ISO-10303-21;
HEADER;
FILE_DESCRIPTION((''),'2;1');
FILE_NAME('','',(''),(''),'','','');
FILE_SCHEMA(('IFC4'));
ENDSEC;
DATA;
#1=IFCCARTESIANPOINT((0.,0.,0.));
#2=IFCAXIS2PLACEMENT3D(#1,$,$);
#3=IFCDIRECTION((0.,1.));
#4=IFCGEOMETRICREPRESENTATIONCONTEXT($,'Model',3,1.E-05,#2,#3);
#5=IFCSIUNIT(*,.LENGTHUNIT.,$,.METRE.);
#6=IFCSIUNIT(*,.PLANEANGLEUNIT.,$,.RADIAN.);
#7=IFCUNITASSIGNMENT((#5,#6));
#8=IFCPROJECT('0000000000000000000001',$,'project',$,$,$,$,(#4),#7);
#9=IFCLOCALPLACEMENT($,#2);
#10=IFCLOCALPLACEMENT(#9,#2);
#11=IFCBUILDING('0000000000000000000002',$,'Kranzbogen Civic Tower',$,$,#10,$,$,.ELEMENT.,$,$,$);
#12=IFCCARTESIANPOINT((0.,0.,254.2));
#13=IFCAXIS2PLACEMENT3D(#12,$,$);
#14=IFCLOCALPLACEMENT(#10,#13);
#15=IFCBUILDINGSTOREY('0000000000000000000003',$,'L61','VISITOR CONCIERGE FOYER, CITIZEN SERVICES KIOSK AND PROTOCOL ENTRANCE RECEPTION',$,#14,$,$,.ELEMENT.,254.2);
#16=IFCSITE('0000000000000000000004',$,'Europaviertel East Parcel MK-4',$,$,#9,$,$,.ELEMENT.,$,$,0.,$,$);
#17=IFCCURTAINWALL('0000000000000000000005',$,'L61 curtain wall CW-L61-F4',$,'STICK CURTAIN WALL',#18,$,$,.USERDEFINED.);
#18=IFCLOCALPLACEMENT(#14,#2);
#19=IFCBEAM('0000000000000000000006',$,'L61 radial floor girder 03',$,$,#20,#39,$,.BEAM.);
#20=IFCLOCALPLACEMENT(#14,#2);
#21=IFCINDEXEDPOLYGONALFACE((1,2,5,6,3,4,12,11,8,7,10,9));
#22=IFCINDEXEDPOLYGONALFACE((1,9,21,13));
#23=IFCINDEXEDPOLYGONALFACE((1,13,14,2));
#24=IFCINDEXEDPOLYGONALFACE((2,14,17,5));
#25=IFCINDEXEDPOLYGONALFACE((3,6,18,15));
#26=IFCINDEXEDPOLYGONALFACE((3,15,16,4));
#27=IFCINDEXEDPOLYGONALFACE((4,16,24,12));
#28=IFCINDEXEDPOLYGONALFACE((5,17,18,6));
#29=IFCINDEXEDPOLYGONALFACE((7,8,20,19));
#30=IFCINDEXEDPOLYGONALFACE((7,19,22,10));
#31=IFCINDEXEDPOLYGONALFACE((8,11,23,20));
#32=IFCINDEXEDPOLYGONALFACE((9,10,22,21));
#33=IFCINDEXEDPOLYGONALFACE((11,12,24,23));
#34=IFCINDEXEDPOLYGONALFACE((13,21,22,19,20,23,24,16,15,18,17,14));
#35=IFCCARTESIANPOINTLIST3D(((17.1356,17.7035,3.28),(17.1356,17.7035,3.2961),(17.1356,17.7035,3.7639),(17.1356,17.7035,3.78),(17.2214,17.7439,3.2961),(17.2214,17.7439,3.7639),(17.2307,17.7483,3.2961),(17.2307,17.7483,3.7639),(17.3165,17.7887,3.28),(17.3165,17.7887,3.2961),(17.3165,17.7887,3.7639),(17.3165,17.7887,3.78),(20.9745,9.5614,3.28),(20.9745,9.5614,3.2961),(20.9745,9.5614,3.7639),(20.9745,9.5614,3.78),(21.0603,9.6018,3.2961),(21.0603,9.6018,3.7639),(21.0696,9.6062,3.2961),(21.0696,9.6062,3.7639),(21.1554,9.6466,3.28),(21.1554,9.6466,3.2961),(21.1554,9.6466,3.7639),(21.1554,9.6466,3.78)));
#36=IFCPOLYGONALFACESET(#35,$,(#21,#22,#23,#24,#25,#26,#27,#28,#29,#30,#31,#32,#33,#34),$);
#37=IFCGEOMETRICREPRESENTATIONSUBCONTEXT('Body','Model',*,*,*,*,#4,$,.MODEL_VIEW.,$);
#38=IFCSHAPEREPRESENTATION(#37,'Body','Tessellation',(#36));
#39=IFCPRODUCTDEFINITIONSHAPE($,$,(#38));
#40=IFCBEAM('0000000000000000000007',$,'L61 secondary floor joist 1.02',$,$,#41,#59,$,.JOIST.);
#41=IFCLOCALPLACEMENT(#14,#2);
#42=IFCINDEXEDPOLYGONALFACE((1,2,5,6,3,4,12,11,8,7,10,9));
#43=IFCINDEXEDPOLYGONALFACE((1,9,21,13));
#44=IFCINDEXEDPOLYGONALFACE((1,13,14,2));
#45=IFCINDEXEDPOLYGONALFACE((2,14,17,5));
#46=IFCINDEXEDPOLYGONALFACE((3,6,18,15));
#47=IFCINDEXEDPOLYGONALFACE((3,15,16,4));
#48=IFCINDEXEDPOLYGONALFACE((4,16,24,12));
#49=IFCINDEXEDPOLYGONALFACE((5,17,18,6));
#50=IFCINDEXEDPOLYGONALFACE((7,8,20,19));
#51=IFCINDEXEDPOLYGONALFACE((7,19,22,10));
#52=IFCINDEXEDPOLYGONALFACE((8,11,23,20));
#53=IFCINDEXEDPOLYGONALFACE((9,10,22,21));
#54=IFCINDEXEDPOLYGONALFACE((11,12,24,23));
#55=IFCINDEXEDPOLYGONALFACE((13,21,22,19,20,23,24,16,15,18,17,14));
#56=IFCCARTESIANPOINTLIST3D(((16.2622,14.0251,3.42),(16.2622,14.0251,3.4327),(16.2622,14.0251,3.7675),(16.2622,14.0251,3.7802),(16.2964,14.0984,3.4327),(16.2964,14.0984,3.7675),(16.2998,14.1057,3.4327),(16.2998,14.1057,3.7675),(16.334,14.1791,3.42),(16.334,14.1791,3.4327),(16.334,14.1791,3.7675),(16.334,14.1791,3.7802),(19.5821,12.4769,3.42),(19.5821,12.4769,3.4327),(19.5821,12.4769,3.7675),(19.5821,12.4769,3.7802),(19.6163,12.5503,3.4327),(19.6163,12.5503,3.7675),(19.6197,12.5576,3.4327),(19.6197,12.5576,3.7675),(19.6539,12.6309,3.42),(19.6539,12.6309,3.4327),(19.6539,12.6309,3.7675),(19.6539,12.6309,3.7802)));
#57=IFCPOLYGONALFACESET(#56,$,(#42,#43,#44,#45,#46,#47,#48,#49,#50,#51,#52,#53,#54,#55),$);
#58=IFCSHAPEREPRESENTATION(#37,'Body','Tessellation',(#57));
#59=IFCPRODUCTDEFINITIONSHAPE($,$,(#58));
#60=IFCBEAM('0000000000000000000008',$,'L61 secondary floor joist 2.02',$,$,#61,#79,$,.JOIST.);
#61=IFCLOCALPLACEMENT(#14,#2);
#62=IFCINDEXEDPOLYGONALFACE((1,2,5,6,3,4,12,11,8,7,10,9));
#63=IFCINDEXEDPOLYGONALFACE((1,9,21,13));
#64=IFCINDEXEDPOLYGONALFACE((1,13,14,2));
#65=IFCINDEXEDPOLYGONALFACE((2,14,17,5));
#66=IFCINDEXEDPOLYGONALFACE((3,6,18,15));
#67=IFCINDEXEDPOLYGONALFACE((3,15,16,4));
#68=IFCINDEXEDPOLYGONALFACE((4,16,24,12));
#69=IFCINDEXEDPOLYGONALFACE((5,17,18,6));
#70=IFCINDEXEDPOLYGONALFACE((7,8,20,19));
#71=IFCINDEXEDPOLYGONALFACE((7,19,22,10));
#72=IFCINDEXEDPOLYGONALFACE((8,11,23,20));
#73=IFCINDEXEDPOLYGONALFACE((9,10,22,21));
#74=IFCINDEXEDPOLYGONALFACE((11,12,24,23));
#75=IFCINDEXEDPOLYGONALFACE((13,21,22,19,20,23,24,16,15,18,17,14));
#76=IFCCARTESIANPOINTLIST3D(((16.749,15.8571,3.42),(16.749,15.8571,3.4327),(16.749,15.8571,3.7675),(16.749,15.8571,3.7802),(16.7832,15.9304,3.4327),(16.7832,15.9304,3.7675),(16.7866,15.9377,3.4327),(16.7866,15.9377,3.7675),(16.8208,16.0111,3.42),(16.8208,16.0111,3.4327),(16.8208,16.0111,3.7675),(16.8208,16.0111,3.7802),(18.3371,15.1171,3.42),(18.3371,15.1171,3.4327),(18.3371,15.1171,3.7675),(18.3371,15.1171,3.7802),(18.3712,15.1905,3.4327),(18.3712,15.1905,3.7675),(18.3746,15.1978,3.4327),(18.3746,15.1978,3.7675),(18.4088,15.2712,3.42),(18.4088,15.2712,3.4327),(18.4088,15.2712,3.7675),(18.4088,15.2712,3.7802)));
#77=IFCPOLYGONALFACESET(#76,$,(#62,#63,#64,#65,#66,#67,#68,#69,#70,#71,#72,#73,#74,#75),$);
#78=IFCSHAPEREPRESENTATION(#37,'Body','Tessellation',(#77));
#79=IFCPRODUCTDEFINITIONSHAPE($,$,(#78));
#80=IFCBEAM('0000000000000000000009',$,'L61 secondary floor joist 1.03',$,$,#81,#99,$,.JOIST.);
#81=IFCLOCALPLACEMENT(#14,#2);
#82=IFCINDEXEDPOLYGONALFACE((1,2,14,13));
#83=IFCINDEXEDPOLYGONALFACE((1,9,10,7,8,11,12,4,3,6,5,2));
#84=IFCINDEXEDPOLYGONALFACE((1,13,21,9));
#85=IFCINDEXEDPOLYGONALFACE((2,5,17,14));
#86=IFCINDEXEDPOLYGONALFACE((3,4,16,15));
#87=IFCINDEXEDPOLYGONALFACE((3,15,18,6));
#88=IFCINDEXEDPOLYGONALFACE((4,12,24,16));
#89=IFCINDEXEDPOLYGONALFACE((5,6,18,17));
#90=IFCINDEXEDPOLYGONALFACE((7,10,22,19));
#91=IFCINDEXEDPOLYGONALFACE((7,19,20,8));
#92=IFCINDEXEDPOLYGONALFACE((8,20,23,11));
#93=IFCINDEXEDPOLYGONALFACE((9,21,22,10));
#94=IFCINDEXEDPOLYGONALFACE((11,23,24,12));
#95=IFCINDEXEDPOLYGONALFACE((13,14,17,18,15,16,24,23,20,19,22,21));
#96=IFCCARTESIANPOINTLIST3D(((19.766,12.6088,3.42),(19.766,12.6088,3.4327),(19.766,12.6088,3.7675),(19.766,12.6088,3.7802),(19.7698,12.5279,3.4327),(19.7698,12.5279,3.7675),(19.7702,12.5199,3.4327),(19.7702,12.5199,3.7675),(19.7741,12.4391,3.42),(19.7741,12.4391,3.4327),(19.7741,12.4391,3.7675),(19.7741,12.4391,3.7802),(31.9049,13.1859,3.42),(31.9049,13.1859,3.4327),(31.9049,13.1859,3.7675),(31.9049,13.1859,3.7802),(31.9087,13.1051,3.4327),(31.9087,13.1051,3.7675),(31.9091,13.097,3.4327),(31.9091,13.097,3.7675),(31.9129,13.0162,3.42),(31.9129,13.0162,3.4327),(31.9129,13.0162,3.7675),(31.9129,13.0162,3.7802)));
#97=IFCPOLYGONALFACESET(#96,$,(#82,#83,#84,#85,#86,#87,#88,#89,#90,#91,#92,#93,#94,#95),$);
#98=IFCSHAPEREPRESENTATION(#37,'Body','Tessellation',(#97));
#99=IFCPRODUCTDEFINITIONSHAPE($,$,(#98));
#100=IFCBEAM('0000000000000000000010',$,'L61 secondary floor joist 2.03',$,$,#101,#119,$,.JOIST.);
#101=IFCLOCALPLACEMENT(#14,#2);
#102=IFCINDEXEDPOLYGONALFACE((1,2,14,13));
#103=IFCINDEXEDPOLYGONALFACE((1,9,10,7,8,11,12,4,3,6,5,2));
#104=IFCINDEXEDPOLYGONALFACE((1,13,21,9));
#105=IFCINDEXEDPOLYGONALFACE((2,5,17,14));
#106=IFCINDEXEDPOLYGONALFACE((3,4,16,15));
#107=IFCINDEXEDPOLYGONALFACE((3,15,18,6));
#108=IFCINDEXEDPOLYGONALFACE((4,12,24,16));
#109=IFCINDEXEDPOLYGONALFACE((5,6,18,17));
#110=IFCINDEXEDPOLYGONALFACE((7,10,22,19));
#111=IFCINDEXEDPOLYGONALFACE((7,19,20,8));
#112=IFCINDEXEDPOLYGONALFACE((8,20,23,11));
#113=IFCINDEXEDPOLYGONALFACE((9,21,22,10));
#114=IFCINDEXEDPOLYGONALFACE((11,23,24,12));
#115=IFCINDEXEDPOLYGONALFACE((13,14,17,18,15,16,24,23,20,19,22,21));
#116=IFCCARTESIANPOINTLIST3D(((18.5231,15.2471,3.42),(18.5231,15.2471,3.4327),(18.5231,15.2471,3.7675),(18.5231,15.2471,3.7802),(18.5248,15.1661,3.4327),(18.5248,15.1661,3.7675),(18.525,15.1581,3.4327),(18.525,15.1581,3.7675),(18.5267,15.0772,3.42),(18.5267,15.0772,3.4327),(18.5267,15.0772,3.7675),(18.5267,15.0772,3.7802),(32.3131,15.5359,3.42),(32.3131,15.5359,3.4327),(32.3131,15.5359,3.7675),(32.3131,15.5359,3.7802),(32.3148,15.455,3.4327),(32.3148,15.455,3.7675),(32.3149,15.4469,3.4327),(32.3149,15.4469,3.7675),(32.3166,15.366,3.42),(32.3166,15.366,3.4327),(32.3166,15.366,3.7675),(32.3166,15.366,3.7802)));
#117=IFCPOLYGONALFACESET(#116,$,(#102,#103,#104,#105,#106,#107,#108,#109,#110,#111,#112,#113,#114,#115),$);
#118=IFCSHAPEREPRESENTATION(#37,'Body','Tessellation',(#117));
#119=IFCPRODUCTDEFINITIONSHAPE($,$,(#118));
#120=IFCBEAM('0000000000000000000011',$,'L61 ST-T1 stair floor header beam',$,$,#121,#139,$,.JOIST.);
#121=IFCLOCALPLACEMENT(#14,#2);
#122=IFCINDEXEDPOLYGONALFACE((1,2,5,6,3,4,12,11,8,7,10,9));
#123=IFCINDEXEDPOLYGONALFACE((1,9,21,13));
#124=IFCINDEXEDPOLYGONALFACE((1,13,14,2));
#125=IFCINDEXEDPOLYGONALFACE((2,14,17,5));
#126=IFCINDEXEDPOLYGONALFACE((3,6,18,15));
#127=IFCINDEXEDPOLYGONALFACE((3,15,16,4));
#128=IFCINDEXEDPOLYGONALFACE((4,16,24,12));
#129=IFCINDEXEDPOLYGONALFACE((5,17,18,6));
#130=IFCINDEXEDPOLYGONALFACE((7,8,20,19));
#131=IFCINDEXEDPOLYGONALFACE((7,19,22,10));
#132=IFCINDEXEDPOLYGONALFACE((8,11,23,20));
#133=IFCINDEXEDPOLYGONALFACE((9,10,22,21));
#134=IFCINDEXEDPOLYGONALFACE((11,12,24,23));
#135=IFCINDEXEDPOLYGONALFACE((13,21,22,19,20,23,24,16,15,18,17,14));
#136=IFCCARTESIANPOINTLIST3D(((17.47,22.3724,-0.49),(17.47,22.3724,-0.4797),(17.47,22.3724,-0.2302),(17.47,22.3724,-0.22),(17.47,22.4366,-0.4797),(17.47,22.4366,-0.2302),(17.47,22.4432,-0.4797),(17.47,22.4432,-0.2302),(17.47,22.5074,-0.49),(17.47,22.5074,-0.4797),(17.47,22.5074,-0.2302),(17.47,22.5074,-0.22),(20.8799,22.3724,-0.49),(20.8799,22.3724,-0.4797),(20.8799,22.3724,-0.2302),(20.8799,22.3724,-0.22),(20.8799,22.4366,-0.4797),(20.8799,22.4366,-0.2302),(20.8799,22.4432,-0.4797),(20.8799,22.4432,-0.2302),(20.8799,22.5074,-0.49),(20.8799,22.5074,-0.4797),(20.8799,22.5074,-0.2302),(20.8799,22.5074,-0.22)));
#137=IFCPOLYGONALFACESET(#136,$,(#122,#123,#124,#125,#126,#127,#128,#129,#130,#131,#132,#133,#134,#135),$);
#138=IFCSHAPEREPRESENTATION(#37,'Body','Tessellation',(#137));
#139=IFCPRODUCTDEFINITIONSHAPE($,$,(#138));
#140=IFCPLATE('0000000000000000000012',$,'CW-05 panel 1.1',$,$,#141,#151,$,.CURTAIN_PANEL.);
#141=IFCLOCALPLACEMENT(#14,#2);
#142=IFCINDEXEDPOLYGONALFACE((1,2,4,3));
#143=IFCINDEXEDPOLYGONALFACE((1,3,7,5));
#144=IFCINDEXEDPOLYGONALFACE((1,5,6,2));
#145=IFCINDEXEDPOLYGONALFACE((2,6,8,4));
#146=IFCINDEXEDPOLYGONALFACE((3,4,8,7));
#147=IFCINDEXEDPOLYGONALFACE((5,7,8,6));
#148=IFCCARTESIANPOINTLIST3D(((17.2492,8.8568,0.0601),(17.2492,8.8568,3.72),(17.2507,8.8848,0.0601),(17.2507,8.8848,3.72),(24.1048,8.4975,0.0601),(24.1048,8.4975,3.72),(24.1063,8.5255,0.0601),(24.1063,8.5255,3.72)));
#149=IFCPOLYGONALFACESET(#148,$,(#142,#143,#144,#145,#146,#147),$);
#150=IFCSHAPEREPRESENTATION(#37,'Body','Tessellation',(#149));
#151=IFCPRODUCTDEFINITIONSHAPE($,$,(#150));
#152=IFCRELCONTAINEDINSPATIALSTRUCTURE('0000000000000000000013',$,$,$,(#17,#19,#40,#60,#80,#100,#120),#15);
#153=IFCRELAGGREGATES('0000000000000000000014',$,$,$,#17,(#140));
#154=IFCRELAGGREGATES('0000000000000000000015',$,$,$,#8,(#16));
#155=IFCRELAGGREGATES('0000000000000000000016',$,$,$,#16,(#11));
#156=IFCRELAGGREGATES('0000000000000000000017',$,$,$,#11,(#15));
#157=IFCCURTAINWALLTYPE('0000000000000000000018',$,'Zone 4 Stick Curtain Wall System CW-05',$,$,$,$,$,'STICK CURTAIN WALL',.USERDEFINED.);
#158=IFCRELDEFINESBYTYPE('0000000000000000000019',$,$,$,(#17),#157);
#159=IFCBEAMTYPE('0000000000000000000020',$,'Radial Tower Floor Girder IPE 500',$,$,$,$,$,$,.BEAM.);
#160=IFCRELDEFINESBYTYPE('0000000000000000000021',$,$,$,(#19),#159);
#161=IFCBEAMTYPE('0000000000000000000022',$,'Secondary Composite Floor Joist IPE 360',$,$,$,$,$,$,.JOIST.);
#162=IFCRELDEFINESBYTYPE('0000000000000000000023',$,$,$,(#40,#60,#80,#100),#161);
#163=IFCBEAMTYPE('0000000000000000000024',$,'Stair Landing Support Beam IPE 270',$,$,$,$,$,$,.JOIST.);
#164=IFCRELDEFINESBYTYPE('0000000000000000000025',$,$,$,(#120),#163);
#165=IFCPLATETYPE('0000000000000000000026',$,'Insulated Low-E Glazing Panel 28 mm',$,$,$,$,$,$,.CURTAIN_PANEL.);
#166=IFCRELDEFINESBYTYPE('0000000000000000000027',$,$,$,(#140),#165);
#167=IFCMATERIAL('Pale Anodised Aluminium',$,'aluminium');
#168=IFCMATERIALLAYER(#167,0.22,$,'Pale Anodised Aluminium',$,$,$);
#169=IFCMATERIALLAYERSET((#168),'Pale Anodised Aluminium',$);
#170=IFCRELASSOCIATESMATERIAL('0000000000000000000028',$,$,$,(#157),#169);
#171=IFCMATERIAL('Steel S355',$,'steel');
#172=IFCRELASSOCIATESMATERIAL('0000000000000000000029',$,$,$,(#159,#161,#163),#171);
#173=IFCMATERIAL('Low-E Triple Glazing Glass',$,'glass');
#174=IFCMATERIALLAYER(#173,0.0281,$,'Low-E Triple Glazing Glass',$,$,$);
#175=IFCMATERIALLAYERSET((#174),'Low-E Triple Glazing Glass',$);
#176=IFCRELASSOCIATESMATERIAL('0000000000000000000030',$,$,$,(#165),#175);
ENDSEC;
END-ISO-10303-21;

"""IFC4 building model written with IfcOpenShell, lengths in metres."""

from ifc_helpers import new_model, si_unit, direction, frame, origin, origin_2d, place, context, subcontext, project, spatial, rectangle, i_section, extrude, material, layer, layer_set, material_profile, profile_set, type_object, element, aggregate, save


model = new_model("IFC4")

# Units and contexts
model_context = context("Model", 3, precision=1e-05, world=origin(), true_north=direction((0.0, 1.0)))
body_context = subcontext(model_context, "Body", "Model", "MODEL_VIEW")
ifc_project = project(units=[si_unit("LENGTHUNIT", "METRE"), si_unit("PLANEANGLEUNIT", "RADIAN")], contexts=[model_context])

# Site, building, storey
site_placement = place(None, origin())
site = spatial("IfcSite", under=ifc_project, at=site_placement, Name="Europaviertel East Parcel MK-4", CompositionType="ELEMENT", RefElevation=0.0)
building_placement = place(site_placement, origin())
building = spatial("IfcBuilding", under=site, at=building_placement, Name="Kranzbogen Civic Tower", CompositionType="ELEMENT")
storey_placement = place(building_placement, frame((0.0, 0.0, 254.2)))
storey = spatial("IfcBuildingStorey", under=building, at=storey_placement, Name="L61", Description="VISITOR CONCIERGE FOYER, CITIZEN SERVICES KIOSK AND PROTOCOL ENTRANCE RECEPTION", CompositionType="ELEMENT", Elevation=254.2)

# Shared definitions
ifc_material_1 = material(Name="Steel S355", Category="steel")

# Curtain wall
ifc_material_2 = material(Name="Pale Anodised Aluminium", Category="aluminium")
ifc_layer_1 = layer(ifc_material_2, 0.22, Name="Pale Anodised Aluminium")
ifc_layer_set_1 = layer_set([ifc_layer_1], Name="Pale Anodised Aluminium")
curtain_wall_type = type_object("IfcCurtainWallType", Name="Zone 4 Stick Curtain Wall System CW-05", ElementType="STICK CURTAIN WALL", PredefinedType="USERDEFINED", material=ifc_layer_set_1)
curtain_wall_placement = place(storey_placement, origin())
curtain_wall = element("IfcCurtainWall", 1, at=curtain_wall_placement, inside=storey, type_object=curtain_wall_type, Name="L61 curtain wall CW-L61-F4", ObjectType="STICK CURTAIN WALL", PredefinedType="USERDEFINED")

# Beams
ifc_material_profile_1 = material_profile(ifc_material_1, i_section(OverallWidth=0.2, OverallDepth=0.5, WebThickness=0.0103, FlangeThickness=0.0161, at=origin_2d()), Name="IPE 500")
ifc_profile_set_1 = profile_set([ifc_material_profile_1], Name="Steel S355")
beam_type_1 = type_object("IfcBeamType", Name="Radial Tower Floor Girder IPE 500", PredefinedType="BEAM", material=ifc_profile_set_1)
beam_1_placement = place(storey_placement, frame((21.0649, 9.604, 3.53), z_axis=(-0.42646, 0.904506, 0.0), x_axis=(-0.904506, -0.42646, 0.0)))
element("IfcBeam", 2, at=beam_1_placement, inside=storey, type_object=beam_type_1, Name="L61 radial floor girder 03", PredefinedType="BEAM", context=body_context, shape_type="SweptSolid", body=[
    extrude(i_section(OverallWidth=0.2, OverallDepth=0.5, WebThickness=0.0103, FlangeThickness=0.0161, at=origin_2d()), origin(), (0.0, 0.0, 1.0), 9.0017),
])
ifc_material_profile_2 = material_profile(ifc_material_1, i_section(OverallWidth=0.1699, OverallDepth=0.3601, WebThickness=0.0081, FlangeThickness=0.0127, at=origin_2d()), Name="IPE 360")
ifc_profile_set_2 = profile_set([ifc_material_profile_2], Name="Steel S355")
beam_type_2 = type_object("IfcBeamType", Name="Secondary Composite Floor Joist IPE 360", PredefinedType="JOIST", material=ifc_profile_set_2)
beam_2_placement = place(storey_placement, frame((16.2981, 14.1021, 3.6001), z_axis=(0.906304, -0.422626, 0.0), x_axis=(0.422626, 0.906304, 0.0)))
element("IfcBeam", 3, at=beam_2_placement, inside=storey, type_object=beam_type_2, Name="L61 secondary floor joist 1.02", PredefinedType="JOIST", context=body_context, shape_type="SweptSolid", body=[
    extrude(i_section(OverallWidth=0.1699, OverallDepth=0.3601, WebThickness=0.0081, FlangeThickness=0.0127, at=origin_2d()), origin(), (0.0, 0.0, 1.0), 3.6631),
])
beam_3_placement = place(storey_placement, frame((16.7849, 15.9341, 3.6001), z_axis=(0.906432, -0.422351, 0.0), x_axis=(0.422351, 0.906432, 0.0)))
element("IfcBeam", 4, at=beam_3_placement, inside=storey, type_object=beam_type_2, Name="L61 secondary floor joist 2.02", PredefinedType="JOIST", context=body_context, shape_type="SweptSolid", body=[
    extrude(i_section(OverallWidth=0.1699, OverallDepth=0.3601, WebThickness=0.0081, FlangeThickness=0.0127, at=origin_2d()), origin(), (0.0, 0.0, 1.0), 1.752),
])
beam_4_placement = place(storey_placement, frame((19.77, 12.5239, 3.6001), z_axis=(0.998872, 0.047492, 0.0), x_axis=(-0.047492, 0.998872, 0.0)))
element("IfcBeam", 5, at=beam_4_placement, inside=storey, type_object=beam_type_2, Name="L61 secondary floor joist 1.03", PredefinedType="JOIST", context=body_context, shape_type="SweptSolid", body=[
    extrude(i_section(OverallWidth=0.1699, OverallDepth=0.3601, WebThickness=0.0081, FlangeThickness=0.0127, at=origin_2d()), origin(), (0.0, 0.0, 1.0), 12.1526),
])
beam_5_placement = place(storey_placement, frame((18.5249, 15.1621, 3.6001), z_axis=(0.999781, 0.020939, 0.0), x_axis=(-0.020939, 0.999781, 0.0)))
element("IfcBeam", 6, at=beam_5_placement, inside=storey, type_object=beam_type_2, Name="L61 secondary floor joist 2.03", PredefinedType="JOIST", context=body_context, shape_type="SweptSolid", body=[
    extrude(i_section(OverallWidth=0.1699, OverallDepth=0.3601, WebThickness=0.0081, FlangeThickness=0.0127, at=origin_2d()), origin(), (0.0, 0.0, 1.0), 13.793),
])
ifc_material_profile_3 = material_profile(ifc_material_1, i_section(OverallWidth=0.135, OverallDepth=0.27, WebThickness=0.0066, FlangeThickness=0.0103, at=origin_2d()), Name="IPE 270")
ifc_profile_set_3 = profile_set([ifc_material_profile_3], Name="Steel S355")
beam_type_3 = type_object("IfcBeamType", Name="Stair Landing Support Beam IPE 270", PredefinedType="JOIST", material=ifc_profile_set_3)
beam_6_placement = place(storey_placement, frame((20.8799, 22.4399, -0.355), z_axis=(-1.0, 0.0, 0.0), x_axis=(0.0, -1.0, 0.0)))
element("IfcBeam", 7, at=beam_6_placement, inside=storey, type_object=beam_type_3, Name="L61 ST-T1 stair floor header beam", PredefinedType="JOIST", context=body_context, shape_type="SweptSolid", body=[
    extrude(i_section(OverallWidth=0.135, OverallDepth=0.27, WebThickness=0.0066, FlangeThickness=0.0103, at=origin_2d()), origin(), (0.0, 0.0, 1.0), 3.4099),
])

# Plate
ifc_material_3 = material(Name="Low-E Triple Glazing Glass", Category="glass")
ifc_layer_2 = layer(ifc_material_3, 0.0281, Name="Low-E Triple Glazing Glass")
ifc_layer_set_2 = layer_set([ifc_layer_2], Name="Low-E Triple Glazing Glass")
plate_type = type_object("IfcPlateType", Name="Insulated Low-E Glazing Panel 28 mm", PredefinedType="CURTAIN_PANEL", material=ifc_layer_set_2)
plate_placement = place(storey_placement, frame((20.6777, 8.6912, 0.0601), z_axis=(0.0, 0.0, 1.0), x_axis=(0.99863, -0.052336, 0.0)))
plate = element("IfcPlate", 8, at=plate_placement, type_object=plate_type, Name="CW-05 panel 1.1", PredefinedType="CURTAIN_PANEL", context=body_context, shape_type="SweptSolid", body=[
    extrude(rectangle(XDim=6.865, YDim=0.0281, at=origin_2d()), origin(), (0.0, 0.0, 1.0), 3.6599),
])
aggregate(curtain_wall, [plate])

save(model, "model.ifc")
